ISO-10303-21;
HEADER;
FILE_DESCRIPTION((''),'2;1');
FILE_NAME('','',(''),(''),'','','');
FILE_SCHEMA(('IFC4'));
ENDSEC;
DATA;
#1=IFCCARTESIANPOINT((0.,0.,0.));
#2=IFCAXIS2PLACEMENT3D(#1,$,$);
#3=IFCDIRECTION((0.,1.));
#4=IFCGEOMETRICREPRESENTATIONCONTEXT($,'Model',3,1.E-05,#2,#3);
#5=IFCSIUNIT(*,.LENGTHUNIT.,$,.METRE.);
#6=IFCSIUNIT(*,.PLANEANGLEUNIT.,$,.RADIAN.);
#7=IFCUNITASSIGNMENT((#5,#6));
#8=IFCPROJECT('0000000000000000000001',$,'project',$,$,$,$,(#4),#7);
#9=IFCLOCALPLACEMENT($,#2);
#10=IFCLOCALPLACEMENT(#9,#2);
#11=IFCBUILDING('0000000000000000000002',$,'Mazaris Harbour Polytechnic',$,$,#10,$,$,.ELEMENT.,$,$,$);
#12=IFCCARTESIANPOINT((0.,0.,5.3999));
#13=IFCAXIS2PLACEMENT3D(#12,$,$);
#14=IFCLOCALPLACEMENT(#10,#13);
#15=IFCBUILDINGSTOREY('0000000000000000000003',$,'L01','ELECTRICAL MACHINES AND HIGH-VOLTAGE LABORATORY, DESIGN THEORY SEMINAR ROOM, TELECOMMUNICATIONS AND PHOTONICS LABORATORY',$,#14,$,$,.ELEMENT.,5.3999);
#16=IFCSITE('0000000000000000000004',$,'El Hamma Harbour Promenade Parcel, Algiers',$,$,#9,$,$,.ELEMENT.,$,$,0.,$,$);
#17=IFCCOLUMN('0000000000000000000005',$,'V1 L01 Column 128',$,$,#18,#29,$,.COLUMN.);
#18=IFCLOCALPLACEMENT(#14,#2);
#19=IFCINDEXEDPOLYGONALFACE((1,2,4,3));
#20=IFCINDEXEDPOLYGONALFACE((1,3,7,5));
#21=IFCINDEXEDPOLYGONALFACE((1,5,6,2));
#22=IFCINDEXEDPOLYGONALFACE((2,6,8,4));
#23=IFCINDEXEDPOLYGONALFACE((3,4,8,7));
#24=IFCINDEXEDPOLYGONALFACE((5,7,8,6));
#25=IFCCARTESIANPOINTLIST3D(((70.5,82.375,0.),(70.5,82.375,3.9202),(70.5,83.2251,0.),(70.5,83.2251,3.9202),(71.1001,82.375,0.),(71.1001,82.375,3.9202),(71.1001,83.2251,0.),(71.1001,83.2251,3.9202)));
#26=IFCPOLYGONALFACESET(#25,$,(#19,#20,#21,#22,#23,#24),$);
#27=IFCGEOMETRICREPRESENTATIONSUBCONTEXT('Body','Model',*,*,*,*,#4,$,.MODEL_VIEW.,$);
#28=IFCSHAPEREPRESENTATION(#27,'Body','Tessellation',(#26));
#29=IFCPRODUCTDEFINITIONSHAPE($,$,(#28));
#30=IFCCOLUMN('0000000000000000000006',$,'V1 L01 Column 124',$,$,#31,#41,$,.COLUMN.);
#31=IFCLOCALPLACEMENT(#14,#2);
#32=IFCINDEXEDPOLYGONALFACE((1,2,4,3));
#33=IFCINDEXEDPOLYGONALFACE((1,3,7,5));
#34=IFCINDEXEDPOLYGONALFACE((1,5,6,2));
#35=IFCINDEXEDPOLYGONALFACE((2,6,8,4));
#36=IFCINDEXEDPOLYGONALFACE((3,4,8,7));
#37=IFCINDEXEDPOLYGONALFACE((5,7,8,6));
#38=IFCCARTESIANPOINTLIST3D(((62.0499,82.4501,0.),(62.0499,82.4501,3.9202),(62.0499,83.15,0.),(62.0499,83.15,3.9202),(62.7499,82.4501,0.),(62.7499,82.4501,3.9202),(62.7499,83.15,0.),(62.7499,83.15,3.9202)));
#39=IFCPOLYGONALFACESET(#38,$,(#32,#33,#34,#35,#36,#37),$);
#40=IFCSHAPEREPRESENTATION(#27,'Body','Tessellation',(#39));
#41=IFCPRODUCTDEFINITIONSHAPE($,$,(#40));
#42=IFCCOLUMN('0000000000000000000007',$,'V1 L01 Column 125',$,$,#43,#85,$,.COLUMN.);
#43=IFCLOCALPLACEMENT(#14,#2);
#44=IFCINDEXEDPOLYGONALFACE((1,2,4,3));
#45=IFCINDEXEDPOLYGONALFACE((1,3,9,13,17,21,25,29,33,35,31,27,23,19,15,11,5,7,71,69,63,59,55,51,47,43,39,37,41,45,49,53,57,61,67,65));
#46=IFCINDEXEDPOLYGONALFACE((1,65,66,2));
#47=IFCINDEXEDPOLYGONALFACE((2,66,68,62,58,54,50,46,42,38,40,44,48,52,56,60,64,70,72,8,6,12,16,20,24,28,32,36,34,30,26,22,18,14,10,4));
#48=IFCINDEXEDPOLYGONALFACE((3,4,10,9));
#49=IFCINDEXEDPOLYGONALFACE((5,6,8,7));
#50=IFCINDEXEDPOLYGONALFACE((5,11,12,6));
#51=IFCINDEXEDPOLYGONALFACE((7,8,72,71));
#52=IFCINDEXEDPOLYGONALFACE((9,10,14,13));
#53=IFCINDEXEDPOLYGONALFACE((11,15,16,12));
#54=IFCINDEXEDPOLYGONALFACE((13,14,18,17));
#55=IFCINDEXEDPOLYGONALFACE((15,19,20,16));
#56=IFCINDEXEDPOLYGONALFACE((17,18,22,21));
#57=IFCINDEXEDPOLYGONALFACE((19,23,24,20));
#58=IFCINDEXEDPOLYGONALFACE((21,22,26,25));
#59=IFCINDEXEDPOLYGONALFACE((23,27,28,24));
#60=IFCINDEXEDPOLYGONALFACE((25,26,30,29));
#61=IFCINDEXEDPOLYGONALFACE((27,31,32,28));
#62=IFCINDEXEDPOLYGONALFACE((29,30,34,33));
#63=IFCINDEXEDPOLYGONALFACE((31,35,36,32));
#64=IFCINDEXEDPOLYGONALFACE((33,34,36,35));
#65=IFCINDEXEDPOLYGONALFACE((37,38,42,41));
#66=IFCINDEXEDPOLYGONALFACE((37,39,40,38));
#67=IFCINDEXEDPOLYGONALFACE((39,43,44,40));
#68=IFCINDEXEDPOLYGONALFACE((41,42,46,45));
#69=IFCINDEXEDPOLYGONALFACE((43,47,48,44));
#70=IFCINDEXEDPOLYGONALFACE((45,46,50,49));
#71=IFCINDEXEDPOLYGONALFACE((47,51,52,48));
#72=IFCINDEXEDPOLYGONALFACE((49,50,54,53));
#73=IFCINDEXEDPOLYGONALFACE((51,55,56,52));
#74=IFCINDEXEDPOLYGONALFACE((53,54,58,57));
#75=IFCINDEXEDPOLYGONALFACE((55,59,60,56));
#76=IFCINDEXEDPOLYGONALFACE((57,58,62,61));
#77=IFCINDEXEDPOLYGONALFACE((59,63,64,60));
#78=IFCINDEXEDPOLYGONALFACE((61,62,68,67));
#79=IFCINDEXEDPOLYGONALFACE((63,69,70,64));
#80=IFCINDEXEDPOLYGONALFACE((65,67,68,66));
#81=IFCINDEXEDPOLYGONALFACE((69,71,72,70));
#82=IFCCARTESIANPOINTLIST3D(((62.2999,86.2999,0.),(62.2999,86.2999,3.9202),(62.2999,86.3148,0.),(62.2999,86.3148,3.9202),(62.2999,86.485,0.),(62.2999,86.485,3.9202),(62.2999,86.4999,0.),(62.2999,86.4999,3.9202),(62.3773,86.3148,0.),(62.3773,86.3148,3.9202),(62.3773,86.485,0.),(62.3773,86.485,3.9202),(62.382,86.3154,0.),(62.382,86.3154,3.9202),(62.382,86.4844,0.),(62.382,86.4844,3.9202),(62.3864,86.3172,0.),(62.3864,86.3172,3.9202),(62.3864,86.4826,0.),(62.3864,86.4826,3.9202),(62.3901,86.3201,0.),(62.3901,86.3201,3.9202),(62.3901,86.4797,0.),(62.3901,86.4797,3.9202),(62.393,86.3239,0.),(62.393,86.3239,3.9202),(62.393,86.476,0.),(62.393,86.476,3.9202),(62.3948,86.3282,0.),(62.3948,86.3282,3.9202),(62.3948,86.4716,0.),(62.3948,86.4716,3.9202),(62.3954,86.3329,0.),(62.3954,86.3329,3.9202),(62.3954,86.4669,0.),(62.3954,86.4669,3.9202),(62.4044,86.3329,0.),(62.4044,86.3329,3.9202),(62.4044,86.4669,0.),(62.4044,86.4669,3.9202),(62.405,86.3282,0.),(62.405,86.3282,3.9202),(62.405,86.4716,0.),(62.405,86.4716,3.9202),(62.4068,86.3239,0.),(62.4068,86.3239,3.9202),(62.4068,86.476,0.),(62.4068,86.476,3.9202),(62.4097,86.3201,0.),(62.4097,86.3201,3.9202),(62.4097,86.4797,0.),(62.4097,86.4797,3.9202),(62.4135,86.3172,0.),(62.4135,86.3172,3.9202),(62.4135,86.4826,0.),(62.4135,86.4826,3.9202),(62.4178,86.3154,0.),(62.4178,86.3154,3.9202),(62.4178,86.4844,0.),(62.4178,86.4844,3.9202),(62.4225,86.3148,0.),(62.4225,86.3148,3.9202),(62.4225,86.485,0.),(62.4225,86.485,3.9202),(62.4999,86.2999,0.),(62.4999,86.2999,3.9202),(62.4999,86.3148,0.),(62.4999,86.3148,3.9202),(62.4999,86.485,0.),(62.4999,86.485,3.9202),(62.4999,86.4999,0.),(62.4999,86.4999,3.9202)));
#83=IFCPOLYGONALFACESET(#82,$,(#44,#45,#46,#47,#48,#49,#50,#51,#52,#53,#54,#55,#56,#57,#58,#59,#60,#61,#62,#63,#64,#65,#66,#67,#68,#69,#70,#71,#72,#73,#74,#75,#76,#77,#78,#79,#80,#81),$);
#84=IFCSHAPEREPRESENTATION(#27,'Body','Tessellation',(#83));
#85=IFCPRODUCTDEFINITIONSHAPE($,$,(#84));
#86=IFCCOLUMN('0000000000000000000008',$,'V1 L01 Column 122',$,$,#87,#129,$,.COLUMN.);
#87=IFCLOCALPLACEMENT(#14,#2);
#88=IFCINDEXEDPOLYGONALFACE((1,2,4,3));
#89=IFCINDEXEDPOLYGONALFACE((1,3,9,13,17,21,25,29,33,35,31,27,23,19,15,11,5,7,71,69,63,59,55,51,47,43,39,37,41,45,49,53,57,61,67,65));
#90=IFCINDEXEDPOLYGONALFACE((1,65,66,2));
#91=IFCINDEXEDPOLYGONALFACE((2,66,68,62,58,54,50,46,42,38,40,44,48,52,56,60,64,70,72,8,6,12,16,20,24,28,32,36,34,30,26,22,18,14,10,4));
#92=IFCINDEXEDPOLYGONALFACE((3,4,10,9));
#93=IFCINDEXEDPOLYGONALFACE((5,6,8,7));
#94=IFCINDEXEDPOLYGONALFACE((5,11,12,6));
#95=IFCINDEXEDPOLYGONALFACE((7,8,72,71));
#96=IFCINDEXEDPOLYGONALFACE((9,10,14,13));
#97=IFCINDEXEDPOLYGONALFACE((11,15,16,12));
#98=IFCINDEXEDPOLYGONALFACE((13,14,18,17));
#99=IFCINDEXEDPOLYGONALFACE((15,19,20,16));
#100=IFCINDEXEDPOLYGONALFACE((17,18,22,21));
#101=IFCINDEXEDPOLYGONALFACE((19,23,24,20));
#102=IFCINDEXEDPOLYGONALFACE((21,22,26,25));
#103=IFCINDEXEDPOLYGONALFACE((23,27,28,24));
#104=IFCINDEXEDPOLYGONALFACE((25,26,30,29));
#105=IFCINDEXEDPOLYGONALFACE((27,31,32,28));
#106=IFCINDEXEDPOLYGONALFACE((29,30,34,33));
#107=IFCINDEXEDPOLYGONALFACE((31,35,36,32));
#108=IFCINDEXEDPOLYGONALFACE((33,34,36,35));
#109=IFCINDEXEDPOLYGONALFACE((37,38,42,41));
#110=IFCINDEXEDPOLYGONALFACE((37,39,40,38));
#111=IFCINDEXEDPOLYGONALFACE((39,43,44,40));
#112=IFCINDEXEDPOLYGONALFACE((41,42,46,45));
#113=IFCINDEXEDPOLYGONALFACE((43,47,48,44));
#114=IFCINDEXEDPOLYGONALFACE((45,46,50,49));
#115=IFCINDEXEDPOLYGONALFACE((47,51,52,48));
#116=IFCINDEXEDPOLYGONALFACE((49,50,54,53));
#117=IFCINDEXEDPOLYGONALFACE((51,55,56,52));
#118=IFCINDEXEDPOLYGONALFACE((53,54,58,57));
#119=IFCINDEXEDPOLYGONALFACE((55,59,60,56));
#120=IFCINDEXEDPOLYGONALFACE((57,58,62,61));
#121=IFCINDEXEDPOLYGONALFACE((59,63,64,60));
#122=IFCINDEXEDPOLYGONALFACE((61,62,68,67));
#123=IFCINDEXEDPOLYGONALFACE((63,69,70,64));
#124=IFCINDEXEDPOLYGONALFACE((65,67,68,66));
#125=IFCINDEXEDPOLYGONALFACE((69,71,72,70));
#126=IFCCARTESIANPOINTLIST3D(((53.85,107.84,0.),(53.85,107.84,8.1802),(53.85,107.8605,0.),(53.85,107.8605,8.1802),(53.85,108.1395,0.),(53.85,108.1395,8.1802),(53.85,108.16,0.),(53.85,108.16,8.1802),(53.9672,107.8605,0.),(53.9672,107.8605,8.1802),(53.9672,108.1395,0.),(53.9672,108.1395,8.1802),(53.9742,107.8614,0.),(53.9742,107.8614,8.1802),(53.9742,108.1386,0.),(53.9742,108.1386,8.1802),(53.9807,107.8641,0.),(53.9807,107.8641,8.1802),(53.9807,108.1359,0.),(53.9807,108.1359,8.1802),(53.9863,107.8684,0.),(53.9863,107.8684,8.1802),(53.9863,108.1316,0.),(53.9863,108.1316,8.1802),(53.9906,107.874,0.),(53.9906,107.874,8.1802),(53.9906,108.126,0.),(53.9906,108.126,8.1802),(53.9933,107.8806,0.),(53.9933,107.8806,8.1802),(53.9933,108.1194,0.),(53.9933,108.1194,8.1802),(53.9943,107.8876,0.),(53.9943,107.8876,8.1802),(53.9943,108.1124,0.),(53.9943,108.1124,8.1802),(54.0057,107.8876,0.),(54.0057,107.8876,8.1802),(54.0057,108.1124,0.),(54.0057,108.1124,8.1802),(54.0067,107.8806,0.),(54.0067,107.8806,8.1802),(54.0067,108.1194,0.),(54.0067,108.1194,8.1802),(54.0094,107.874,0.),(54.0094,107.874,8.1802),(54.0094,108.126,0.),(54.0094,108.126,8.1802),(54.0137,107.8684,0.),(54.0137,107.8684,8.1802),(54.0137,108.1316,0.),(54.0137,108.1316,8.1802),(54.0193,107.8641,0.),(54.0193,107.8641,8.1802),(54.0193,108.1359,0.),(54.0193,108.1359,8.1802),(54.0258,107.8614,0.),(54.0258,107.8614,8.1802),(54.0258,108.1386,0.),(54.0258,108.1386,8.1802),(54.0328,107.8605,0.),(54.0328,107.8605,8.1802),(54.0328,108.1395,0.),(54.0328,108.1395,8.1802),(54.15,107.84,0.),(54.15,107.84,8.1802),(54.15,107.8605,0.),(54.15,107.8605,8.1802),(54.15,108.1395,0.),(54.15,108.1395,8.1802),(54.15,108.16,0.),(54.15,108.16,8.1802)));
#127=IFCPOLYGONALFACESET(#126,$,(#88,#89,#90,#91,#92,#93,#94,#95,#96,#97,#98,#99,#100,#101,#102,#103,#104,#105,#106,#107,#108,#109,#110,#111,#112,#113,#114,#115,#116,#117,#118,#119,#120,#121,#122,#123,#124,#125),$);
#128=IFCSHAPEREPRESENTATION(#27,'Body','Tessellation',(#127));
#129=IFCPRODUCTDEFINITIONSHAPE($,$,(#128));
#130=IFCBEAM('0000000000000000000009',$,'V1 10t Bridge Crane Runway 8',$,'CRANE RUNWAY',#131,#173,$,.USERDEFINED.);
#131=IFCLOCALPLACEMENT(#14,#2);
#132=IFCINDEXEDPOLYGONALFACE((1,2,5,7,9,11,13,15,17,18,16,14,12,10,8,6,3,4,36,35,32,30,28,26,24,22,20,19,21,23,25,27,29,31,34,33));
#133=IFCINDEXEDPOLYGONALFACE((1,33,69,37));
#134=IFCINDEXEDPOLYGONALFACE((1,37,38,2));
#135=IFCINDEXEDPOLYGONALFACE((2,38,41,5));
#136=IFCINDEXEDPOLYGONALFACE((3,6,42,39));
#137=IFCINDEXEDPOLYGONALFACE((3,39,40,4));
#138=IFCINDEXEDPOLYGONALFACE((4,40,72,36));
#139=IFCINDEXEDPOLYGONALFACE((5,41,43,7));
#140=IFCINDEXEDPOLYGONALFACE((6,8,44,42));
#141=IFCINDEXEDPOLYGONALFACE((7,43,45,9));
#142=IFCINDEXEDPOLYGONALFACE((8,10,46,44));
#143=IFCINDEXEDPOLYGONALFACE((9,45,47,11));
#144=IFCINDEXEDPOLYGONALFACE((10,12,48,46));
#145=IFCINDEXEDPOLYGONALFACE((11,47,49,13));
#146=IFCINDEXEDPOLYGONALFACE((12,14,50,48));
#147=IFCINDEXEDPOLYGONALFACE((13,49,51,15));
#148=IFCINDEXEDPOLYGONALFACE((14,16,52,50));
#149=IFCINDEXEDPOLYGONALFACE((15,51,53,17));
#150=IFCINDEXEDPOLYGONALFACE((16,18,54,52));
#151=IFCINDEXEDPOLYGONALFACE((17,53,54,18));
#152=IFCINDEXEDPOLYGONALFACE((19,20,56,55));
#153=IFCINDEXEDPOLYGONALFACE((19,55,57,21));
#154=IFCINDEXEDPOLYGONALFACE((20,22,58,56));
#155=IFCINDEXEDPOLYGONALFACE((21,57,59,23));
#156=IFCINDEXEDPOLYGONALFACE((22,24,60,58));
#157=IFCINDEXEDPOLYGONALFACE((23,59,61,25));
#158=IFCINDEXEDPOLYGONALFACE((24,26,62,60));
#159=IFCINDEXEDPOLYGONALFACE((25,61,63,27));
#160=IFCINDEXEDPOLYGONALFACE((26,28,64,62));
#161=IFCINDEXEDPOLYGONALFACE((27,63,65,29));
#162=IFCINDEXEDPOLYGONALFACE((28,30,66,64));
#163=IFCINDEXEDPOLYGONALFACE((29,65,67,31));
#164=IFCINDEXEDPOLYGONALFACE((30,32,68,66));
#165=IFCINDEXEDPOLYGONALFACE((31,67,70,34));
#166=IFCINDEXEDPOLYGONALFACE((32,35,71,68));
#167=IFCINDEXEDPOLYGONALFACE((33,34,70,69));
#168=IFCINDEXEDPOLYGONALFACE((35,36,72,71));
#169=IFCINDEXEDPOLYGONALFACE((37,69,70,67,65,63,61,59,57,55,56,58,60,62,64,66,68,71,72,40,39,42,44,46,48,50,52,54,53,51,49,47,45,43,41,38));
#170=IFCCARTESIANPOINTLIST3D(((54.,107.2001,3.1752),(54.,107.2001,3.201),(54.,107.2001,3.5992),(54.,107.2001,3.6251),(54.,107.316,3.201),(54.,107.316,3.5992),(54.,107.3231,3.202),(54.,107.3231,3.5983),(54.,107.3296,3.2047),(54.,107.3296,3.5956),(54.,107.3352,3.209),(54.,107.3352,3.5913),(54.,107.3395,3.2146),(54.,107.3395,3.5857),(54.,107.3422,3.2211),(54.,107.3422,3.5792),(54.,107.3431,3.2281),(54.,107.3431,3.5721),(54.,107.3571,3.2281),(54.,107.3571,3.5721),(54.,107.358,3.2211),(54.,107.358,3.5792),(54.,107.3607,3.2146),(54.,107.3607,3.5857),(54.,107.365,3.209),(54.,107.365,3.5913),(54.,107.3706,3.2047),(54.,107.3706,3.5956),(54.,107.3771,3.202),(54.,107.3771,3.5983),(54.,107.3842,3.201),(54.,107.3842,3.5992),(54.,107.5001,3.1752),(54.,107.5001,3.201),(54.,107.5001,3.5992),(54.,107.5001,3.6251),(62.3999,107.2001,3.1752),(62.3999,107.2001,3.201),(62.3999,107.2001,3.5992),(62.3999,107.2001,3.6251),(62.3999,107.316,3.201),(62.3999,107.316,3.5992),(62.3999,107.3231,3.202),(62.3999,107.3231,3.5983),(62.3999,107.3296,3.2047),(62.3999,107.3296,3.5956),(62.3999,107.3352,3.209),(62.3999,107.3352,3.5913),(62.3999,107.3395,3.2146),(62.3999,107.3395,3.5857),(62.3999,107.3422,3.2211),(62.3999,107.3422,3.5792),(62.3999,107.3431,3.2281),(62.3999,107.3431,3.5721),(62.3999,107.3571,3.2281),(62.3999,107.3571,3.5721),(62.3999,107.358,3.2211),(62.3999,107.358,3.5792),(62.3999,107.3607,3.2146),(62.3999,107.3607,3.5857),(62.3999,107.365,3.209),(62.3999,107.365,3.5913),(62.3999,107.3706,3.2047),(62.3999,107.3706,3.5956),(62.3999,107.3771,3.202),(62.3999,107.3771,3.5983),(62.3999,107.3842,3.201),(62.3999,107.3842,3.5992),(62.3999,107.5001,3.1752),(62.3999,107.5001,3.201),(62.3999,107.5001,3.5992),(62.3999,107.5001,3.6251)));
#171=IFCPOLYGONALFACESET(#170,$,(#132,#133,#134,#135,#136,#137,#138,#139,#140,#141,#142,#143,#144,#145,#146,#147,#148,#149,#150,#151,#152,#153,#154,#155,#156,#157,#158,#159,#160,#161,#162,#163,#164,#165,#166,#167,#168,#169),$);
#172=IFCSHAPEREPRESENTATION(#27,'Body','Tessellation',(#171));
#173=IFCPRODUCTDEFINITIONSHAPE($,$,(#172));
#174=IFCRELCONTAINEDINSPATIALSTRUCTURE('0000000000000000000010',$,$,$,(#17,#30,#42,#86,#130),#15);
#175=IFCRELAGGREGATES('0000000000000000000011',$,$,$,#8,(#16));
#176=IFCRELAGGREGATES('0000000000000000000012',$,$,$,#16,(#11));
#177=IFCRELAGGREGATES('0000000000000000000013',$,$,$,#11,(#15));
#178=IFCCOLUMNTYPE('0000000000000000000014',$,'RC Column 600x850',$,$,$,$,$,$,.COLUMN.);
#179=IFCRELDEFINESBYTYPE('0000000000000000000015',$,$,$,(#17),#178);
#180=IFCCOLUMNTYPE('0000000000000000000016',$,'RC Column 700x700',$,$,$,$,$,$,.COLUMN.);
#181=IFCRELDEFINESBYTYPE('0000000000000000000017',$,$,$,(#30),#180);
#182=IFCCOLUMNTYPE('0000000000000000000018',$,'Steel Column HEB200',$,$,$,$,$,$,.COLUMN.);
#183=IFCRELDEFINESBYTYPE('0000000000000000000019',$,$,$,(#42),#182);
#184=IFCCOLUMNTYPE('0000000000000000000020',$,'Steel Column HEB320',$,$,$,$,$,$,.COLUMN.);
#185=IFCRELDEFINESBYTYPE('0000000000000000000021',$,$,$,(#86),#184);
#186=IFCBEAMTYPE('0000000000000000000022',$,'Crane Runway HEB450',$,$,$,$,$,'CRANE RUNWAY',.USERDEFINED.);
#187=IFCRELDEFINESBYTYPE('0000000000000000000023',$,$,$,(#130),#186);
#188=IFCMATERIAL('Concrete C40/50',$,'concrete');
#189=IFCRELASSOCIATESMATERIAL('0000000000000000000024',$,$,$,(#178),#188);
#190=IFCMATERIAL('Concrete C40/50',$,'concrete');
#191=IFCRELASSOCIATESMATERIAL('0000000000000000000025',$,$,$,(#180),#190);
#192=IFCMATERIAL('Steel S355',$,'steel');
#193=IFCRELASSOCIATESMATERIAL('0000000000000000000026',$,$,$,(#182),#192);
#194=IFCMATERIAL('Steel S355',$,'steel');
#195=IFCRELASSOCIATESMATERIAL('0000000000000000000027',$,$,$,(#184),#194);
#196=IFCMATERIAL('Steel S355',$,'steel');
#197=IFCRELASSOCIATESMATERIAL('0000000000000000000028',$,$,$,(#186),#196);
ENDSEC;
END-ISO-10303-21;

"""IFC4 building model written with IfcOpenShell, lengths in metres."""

from ifc_helpers import new_model, si_unit, direction, frame, origin, origin_2d, place, context, subcontext, project, spatial, rectangle, i_section, extrude, material, material_profile, profile_set, type_object, element, save


model = new_model("IFC4")

# Units and contexts
model_context = context("Model", 3, precision=1e-05, world=origin(), true_north=direction((0.0, 1.0)))
body_context = subcontext(model_context, "Body", "Model", "MODEL_VIEW")
ifc_project = project(units=[si_unit("LENGTHUNIT", "METRE"), si_unit("PLANEANGLEUNIT", "RADIAN")], contexts=[model_context])

# Site, building, storey
site_placement = place(None, origin())
site = spatial("IfcSite", under=ifc_project, at=site_placement, Name="El Hamma Harbour Promenade Parcel, Algiers", CompositionType="ELEMENT", RefElevation=0.0)
building_placement = place(site_placement, origin())
building = spatial("IfcBuilding", under=site, at=building_placement, Name="Mazaris Harbour Polytechnic", CompositionType="ELEMENT")
storey_placement = place(building_placement, frame((0.0, 0.0, 5.3999)))
storey = spatial("IfcBuildingStorey", under=building, at=storey_placement, Name="L01", Description="ELECTRICAL MACHINES AND HIGH-VOLTAGE LABORATORY, DESIGN THEORY SEMINAR ROOM, TELECOMMUNICATIONS AND PHOTONICS LABORATORY", CompositionType="ELEMENT", Elevation=5.3999)

# Columns
ifc_material_1 = material(Name="Concrete C40/50", Category="concrete")
ifc_material_profile_1 = material_profile(ifc_material_1, rectangle(XDim=0.6001, YDim=0.8501, at=origin_2d()), Name="RECT600x850")
ifc_profile_set_1 = profile_set([ifc_material_profile_1], Name="Concrete C40/50")
column_type_1 = type_object("IfcColumnType", Name="RC Column 600x850", PredefinedType="COLUMN", material=ifc_profile_set_1)
column_1_placement = place(storey_placement, frame((70.8, 82.8, 0.0), z_axis=(0.0, 0.0, 1.0), x_axis=(1.0, 0.0, 0.0)))
element("IfcColumn", 1, at=column_1_placement, inside=storey, type_object=column_type_1, Name="V1 L01 Column 128", PredefinedType="COLUMN", context=body_context, shape_type="SweptSolid", body=[
    extrude(rectangle(XDim=0.6001, YDim=0.8501, at=origin_2d()), origin(), (0.0, 0.0, 1.0), 3.9202),
])
ifc_material_2 = material(Name="Concrete C40/50", Category="concrete")
ifc_material_profile_2 = material_profile(ifc_material_2, rectangle(XDim=0.7, YDim=0.7, at=origin_2d()), Name="RECT700x700")
ifc_profile_set_2 = profile_set([ifc_material_profile_2], Name="Concrete C40/50")
column_type_2 = type_object("IfcColumnType", Name="RC Column 700x700", PredefinedType="COLUMN", material=ifc_profile_set_2)
column_2_placement = place(storey_placement, frame((62.3999, 82.8, 0.0), z_axis=(0.0, 0.0, 1.0), x_axis=(1.0, 0.0, 0.0)))
element("IfcColumn", 2, at=column_2_placement, inside=storey, type_object=column_type_2, Name="V1 L01 Column 124", PredefinedType="COLUMN", context=body_context, shape_type="SweptSolid", body=[
    extrude(rectangle(XDim=0.7, YDim=0.7, at=origin_2d()), origin(), (0.0, 0.0, 1.0), 3.9202),
])
ifc_material_3 = material(Name="Steel S355", Category="steel")
ifc_material_profile_3 = material_profile(ifc_material_3, i_section(OverallWidth=0.2, OverallDepth=0.2, WebThickness=0.009, FlangeThickness=0.0149, FilletRadius=0.0181, at=origin_2d()), Name="HEB 200")
ifc_profile_set_3 = profile_set([ifc_material_profile_3], Name="Steel S355")
column_type_3 = type_object("IfcColumnType", Name="Steel Column HEB200", PredefinedType="COLUMN", material=ifc_profile_set_3)
column_3_placement = place(storey_placement, frame((62.3999, 86.3999, 0.0), z_axis=(0.0, 0.0, 1.0), x_axis=(1.0, 0.0, 0.0)))
element("IfcColumn", 3, at=column_3_placement, inside=storey, type_object=column_type_3, Name="V1 L01 Column 125", PredefinedType="COLUMN", context=body_context, shape_type="SweptSolid", body=[
    extrude(i_section(OverallWidth=0.2, OverallDepth=0.2, WebThickness=0.009, FlangeThickness=0.0149, FilletRadius=0.0181, at=origin_2d()), origin(), (0.0, 0.0, 1.0), 3.9202),
])
ifc_material_4 = material(Name="Steel S355", Category="steel")
ifc_material_profile_4 = material_profile(ifc_material_4, i_section(OverallWidth=0.3, OverallDepth=0.3201, WebThickness=0.0115, FlangeThickness=0.0205, FilletRadius=0.0271, at=origin_2d()), Name="HEB 320")
ifc_profile_set_4 = profile_set([ifc_material_profile_4], Name="Steel S355")
column_type_4 = type_object("IfcColumnType", Name="Steel Column HEB320", PredefinedType="COLUMN", material=ifc_profile_set_4)
column_4_placement = place(storey_placement, frame((54.0, 108.0, 0.0), z_axis=(0.0, 0.0, 1.0), x_axis=(1.0, 0.0, 0.0)))
element("IfcColumn", 4, at=column_4_placement, inside=storey, type_object=column_type_4, Name="V1 L01 Column 122", PredefinedType="COLUMN", context=body_context, shape_type="SweptSolid", body=[
    extrude(i_section(OverallWidth=0.3, OverallDepth=0.3201, WebThickness=0.0115, FlangeThickness=0.0205, FilletRadius=0.0271, at=origin_2d()), origin(), (0.0, 0.0, 1.0), 8.1802),
])

# Beam
ifc_material_5 = material(Name="Steel S355", Category="steel")
ifc_material_profile_5 = material_profile(ifc_material_5, i_section(OverallWidth=0.3, OverallDepth=0.45, WebThickness=0.0139, FlangeThickness=0.0259, FilletRadius=0.0271, at=origin_2d()), Name="HEB 450")
ifc_profile_set_5 = profile_set([ifc_material_profile_5], Name="Steel S355")
beam_type_1 = type_object("IfcBeamType", Name="Crane Runway HEB450", ElementType="CRANE RUNWAY", PredefinedType="USERDEFINED", material=ifc_profile_set_5)
beam_1_placement = place(storey_placement, frame((54.0, 107.3501, 3.4001), z_axis=(1.0, 0.0, 0.0), x_axis=(0.0, 1.0, 0.0)))
element("IfcBeam", 5, at=beam_1_placement, inside=storey, type_object=beam_type_1, Name="V1 10t Bridge Crane Runway 8", ObjectType="CRANE RUNWAY", PredefinedType="USERDEFINED", context=body_context, shape_type="SweptSolid", body=[
    extrude(i_section(OverallWidth=0.3, OverallDepth=0.45, WebThickness=0.0139, FlangeThickness=0.0259, FilletRadius=0.0271, at=origin_2d()), origin(), (0.0, 0.0, 1.0), 8.3999),
])

save(model, "model.ifc")
